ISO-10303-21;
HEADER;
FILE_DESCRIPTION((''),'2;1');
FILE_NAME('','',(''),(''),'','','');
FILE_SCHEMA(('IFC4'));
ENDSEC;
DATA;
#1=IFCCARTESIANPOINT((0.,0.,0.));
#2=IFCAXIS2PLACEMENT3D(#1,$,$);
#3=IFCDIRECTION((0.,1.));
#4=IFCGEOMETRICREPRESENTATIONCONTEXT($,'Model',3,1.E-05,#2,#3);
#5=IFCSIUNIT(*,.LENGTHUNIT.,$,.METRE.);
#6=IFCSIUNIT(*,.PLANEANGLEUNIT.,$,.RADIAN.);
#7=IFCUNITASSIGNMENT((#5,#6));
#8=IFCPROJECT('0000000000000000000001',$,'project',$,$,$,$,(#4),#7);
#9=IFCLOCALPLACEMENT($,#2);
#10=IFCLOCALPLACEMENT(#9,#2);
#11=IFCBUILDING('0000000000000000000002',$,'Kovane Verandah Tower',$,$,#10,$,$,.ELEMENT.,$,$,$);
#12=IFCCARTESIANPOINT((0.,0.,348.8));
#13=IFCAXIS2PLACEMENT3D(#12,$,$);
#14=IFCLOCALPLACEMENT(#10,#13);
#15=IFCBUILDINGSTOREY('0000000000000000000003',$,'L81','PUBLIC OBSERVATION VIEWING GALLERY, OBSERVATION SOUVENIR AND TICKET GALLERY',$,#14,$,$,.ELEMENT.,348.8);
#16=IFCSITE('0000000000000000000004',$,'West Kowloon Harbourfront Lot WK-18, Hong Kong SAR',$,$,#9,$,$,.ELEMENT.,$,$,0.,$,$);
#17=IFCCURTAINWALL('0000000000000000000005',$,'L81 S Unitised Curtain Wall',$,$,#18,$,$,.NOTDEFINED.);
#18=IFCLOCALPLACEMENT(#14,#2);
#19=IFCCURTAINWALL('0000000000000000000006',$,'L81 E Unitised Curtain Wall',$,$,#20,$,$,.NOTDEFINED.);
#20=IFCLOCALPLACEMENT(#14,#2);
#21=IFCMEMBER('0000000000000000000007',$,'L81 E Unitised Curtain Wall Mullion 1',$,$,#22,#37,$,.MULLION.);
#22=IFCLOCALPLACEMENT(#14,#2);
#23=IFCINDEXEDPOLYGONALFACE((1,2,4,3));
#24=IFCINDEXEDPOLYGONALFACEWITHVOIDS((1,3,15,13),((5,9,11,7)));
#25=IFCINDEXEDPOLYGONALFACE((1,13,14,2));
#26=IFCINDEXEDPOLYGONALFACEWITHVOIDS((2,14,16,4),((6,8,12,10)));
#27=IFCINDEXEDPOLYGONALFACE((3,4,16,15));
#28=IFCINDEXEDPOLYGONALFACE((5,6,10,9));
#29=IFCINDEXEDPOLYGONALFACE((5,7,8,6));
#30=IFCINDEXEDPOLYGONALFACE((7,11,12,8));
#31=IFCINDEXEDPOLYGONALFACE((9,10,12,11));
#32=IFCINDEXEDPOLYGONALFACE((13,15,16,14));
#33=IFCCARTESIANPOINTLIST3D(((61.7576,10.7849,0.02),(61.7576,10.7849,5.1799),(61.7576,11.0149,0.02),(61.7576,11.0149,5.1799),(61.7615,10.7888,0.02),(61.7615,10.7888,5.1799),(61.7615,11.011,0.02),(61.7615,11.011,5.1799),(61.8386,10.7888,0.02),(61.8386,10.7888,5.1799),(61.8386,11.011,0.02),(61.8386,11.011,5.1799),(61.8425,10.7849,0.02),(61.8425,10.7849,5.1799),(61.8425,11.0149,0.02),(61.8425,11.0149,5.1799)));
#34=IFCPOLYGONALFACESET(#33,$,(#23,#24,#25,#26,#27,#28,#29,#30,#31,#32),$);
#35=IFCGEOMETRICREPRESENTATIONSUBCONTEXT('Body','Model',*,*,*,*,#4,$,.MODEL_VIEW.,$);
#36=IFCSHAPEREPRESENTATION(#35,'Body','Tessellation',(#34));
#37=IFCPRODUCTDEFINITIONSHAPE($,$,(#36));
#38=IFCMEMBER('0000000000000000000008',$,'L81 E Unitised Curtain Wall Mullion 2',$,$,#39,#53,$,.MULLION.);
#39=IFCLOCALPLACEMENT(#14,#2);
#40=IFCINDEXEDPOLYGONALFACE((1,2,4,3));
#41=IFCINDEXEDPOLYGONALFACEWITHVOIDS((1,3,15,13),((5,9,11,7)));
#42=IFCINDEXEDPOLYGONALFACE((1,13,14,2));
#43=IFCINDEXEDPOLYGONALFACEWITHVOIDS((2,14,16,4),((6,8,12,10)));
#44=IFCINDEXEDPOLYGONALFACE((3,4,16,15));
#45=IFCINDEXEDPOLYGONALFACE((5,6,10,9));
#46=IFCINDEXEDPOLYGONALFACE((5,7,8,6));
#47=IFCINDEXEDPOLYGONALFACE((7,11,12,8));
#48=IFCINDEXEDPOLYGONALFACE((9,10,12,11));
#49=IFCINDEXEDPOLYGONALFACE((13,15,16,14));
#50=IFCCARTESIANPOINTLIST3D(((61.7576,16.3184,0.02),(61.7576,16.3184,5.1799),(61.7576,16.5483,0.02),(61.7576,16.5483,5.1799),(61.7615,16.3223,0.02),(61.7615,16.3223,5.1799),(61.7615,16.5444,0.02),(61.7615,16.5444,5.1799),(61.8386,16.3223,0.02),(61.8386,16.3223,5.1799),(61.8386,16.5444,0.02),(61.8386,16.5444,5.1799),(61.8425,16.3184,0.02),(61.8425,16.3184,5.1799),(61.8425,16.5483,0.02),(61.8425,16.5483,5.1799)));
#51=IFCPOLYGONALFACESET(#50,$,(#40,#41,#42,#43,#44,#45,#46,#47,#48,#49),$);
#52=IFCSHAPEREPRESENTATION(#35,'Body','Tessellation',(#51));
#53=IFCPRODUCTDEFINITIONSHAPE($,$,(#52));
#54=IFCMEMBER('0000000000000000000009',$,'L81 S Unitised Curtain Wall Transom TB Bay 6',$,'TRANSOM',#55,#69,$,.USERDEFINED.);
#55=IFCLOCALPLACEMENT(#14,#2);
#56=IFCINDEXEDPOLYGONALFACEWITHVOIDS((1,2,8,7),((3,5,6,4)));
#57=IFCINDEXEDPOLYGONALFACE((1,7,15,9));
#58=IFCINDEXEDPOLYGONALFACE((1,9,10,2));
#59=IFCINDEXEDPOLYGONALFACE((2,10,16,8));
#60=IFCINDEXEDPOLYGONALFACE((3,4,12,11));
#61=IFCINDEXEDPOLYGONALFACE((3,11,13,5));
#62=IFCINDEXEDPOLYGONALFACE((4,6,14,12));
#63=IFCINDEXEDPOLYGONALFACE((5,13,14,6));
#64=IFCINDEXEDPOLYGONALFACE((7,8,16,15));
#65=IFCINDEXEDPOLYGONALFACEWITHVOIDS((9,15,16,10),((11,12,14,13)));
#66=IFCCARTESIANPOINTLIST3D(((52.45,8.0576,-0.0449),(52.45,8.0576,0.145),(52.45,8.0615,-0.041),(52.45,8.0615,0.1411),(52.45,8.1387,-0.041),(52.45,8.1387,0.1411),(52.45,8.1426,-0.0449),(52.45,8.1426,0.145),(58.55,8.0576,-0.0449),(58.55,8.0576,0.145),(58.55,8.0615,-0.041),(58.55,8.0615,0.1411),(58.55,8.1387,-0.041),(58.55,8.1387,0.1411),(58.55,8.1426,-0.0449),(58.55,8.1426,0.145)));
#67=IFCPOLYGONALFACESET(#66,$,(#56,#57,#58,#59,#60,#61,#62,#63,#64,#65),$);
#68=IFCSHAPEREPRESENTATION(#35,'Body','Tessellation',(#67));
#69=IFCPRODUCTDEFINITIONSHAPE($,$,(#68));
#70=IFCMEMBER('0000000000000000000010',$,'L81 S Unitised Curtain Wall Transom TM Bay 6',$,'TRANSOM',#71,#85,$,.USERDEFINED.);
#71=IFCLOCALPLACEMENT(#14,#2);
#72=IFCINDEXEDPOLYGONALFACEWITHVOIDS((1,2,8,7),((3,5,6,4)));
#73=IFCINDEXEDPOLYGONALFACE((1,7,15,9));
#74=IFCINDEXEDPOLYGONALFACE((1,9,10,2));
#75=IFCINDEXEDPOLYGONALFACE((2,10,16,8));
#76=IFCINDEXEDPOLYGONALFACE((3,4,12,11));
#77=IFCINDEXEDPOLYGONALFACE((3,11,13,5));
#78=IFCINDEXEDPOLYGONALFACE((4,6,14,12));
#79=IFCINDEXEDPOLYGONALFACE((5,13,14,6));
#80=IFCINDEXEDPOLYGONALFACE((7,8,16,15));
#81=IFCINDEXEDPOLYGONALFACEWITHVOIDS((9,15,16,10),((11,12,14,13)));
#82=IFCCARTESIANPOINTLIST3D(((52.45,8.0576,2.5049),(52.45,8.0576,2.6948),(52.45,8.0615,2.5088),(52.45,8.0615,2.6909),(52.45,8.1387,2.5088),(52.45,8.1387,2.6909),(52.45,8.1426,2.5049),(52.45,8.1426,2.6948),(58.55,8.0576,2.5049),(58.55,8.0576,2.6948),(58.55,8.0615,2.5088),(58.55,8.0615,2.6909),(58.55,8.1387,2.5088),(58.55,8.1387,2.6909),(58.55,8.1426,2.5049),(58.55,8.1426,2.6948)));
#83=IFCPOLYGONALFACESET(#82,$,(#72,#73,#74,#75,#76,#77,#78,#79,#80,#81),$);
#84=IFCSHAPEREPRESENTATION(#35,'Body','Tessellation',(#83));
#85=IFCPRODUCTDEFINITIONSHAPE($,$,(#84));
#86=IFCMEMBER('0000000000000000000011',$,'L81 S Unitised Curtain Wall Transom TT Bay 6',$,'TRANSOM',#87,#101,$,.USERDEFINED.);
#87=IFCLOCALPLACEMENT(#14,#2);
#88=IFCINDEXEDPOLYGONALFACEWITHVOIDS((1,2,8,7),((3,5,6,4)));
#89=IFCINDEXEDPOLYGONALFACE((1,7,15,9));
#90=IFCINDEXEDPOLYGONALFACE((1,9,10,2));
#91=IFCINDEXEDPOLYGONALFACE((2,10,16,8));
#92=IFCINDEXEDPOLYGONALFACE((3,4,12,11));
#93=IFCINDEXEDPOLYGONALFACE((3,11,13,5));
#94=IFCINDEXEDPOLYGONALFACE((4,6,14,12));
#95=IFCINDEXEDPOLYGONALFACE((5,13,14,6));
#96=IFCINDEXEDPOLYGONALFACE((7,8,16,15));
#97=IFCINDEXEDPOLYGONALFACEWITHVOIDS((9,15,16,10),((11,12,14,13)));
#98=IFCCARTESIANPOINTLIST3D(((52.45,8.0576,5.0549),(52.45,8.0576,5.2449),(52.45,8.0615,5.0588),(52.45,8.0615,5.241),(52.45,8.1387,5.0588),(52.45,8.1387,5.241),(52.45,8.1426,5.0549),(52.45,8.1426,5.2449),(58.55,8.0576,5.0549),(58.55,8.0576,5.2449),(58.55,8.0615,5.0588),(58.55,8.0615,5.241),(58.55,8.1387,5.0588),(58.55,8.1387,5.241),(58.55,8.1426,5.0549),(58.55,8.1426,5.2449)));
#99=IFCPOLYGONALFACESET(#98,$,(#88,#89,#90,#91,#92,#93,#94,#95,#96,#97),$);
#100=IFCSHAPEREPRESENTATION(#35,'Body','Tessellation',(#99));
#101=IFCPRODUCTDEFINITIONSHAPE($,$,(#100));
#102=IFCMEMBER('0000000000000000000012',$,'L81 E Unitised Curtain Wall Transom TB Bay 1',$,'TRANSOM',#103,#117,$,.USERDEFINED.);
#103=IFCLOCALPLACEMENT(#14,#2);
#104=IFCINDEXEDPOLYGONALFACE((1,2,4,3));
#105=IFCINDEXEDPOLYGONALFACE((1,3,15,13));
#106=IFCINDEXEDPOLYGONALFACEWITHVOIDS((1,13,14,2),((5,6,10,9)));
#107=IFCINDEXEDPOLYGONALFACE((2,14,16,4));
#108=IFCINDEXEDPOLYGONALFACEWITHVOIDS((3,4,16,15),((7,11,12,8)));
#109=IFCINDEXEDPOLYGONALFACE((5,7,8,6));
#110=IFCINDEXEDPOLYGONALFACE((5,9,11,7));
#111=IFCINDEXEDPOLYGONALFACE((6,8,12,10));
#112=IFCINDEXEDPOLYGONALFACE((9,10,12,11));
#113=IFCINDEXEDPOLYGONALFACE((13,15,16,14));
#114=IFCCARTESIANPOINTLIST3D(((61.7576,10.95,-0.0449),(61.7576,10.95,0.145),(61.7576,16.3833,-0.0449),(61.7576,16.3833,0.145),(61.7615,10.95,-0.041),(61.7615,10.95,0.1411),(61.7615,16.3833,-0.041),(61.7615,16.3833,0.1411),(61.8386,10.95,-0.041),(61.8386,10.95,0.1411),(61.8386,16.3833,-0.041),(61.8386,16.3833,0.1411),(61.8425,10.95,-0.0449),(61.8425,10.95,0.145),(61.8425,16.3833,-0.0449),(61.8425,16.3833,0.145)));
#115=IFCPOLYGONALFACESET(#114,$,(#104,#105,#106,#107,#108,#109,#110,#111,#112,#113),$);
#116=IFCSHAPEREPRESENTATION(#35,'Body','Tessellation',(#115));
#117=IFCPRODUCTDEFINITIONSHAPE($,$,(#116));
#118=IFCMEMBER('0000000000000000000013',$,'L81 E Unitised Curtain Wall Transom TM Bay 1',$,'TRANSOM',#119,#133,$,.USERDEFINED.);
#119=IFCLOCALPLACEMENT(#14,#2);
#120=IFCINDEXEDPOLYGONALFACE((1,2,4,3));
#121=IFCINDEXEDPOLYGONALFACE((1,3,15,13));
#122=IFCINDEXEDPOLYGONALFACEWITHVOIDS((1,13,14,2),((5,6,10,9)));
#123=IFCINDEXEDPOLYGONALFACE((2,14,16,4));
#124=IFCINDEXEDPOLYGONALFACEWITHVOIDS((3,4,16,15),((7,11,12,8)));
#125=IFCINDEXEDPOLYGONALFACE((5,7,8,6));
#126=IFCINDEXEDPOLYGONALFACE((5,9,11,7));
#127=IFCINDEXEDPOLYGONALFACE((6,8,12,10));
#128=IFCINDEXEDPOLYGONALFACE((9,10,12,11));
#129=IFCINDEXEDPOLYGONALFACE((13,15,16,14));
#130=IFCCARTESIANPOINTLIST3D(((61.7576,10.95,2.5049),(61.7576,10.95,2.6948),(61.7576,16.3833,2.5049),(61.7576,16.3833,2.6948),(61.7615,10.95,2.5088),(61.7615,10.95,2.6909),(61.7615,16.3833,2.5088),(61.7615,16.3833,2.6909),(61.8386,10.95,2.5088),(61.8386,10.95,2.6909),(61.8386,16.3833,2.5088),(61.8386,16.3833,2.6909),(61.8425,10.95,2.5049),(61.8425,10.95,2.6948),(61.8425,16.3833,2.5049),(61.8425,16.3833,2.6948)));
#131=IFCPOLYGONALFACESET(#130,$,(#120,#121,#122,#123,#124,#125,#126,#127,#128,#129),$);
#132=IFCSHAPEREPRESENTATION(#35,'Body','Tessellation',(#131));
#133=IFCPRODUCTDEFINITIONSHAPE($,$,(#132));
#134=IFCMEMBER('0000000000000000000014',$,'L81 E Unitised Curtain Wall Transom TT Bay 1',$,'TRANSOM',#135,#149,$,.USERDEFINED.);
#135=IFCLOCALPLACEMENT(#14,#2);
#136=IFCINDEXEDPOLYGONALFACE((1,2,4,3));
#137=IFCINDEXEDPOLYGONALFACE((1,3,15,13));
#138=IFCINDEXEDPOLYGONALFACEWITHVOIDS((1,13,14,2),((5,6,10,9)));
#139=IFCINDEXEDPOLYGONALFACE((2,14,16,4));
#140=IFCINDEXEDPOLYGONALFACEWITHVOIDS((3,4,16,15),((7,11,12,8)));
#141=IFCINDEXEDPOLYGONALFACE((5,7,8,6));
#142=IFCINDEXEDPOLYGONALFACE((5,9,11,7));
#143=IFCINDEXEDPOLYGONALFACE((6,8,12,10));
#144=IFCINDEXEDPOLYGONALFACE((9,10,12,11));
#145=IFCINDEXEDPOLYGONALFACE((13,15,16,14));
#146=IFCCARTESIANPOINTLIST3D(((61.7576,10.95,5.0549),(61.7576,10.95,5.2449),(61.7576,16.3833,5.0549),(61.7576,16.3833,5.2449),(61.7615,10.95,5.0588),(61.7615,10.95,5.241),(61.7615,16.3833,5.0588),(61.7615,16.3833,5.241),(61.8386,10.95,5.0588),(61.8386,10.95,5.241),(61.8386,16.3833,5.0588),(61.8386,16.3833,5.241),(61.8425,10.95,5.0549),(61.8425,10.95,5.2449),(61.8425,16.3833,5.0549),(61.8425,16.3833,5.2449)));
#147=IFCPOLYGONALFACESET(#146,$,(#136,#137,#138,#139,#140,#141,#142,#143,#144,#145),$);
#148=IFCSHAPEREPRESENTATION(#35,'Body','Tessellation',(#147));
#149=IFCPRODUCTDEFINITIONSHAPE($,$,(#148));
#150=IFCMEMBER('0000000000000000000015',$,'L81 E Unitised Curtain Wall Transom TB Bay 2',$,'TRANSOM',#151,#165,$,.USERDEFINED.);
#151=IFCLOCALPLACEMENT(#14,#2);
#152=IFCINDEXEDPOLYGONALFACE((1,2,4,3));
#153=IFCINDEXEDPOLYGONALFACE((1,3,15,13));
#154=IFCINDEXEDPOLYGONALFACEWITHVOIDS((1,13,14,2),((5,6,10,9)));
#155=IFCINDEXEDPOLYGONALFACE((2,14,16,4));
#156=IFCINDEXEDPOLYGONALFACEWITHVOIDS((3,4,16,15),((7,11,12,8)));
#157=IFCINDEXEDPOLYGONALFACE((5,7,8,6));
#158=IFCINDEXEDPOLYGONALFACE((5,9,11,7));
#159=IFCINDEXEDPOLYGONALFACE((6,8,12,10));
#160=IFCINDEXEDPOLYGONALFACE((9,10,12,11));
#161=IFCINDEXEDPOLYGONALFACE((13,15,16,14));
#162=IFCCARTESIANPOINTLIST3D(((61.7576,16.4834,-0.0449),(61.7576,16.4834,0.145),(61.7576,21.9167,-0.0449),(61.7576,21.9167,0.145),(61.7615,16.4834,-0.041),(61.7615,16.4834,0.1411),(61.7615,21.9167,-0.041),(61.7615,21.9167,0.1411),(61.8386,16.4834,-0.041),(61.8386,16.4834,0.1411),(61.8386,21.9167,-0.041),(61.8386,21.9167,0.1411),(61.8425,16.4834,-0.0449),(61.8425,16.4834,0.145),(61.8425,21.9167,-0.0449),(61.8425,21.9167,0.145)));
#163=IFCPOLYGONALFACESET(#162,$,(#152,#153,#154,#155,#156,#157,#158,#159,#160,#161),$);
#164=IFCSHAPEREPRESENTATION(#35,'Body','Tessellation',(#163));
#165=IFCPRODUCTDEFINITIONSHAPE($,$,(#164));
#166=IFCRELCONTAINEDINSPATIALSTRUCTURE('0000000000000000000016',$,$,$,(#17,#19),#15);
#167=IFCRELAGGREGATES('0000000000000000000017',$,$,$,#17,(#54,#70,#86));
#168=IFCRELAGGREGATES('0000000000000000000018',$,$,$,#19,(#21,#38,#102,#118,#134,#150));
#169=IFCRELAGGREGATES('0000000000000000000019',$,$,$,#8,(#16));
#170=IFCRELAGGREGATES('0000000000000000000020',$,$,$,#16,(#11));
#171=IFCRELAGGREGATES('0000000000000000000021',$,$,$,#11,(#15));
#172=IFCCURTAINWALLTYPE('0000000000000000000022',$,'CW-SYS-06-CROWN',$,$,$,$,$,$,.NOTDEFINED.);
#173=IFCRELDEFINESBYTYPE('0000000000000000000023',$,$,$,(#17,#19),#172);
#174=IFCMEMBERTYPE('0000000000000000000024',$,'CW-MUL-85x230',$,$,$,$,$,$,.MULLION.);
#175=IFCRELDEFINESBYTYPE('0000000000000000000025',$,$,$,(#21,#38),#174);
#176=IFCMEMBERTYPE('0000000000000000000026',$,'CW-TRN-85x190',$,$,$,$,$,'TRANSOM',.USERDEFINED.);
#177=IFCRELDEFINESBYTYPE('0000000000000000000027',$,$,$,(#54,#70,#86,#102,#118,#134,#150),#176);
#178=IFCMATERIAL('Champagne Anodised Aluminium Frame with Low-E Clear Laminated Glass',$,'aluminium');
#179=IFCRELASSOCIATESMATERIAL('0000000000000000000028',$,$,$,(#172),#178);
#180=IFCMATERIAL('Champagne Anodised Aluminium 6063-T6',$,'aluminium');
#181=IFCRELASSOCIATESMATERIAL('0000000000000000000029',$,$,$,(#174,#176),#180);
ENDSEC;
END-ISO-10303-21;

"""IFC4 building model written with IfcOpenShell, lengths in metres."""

from ifc_helpers import new_model, si_unit, direction, frame, origin, origin_2d, place, context, subcontext, project, spatial, hollow_rectangle, extrude, material, material_profile, profile_set, type_object, element, aggregate, save


model = new_model("IFC4")

# Units and contexts
model_context = context("Model", 3, precision=1e-05, world=origin(), true_north=direction((0.0, 1.0)))
body_context = subcontext(model_context, "Body", "Model", "MODEL_VIEW")
ifc_project = project(units=[si_unit("LENGTHUNIT", "METRE"), si_unit("PLANEANGLEUNIT", "RADIAN")], contexts=[model_context])

# Site, building, storey
site_placement = place(None, origin())
site = spatial("IfcSite", under=ifc_project, at=site_placement, Name="West Kowloon Harbourfront Lot WK-18, Hong Kong SAR", CompositionType="ELEMENT", RefElevation=0.0)
building_placement = place(site_placement, origin())
building = spatial("IfcBuilding", under=site, at=building_placement, Name="Kovane Verandah Tower", CompositionType="ELEMENT")
storey_placement = place(building_placement, frame((0.0, 0.0, 348.8)))
storey = spatial("IfcBuildingStorey", under=building, at=storey_placement, Name="L81", Description="PUBLIC OBSERVATION VIEWING GALLERY, OBSERVATION SOUVENIR AND TICKET GALLERY", CompositionType="ELEMENT", Elevation=348.8)

# Curtain walls, members
ifc_material_1 = material(Name="Champagne Anodised Aluminium Frame with Low-E Clear Laminated Glass", Category="aluminium")
curtain_wall_type = type_object("IfcCurtainWallType", Name="CW-SYS-06-CROWN", PredefinedType="NOTDEFINED", material=ifc_material_1)
curtain_wall_1_placement = place(storey_placement, origin())
curtain_wall_1 = element("IfcCurtainWall", 1, at=curtain_wall_1_placement, inside=storey, type_object=curtain_wall_type, Name="L81 S Unitised Curtain Wall", PredefinedType="NOTDEFINED")
ifc_material_2 = material(Name="Champagne Anodised Aluminium 6063-T6", Category="aluminium")
ifc_material_profile_1 = material_profile(ifc_material_2, hollow_rectangle(XDim=0.085, YDim=0.23, WallThickness=0.0039, at=origin_2d()), Name="AL85x230x4")
ifc_profile_set_1 = profile_set([ifc_material_profile_1], Name="Champagne Anodised Aluminium 6063-T6")
member_type_1 = type_object("IfcMemberType", Name="CW-MUL-85x230", PredefinedType="MULLION", material=ifc_profile_set_1)
curtain_wall_2_placement = place(storey_placement, origin())
curtain_wall_2 = element("IfcCurtainWall", 2, at=curtain_wall_2_placement, inside=storey, type_object=curtain_wall_type, Name="L81 E Unitised Curtain Wall", PredefinedType="NOTDEFINED")
member_1_placement = place(storey_placement, frame((61.8, 10.8999, 0.02), z_axis=(0.0, 0.0, 1.0), x_axis=(1.0, 0.0, 0.0)))
member_1 = element("IfcMember", 3, at=member_1_placement, type_object=member_type_1, Name="L81 E Unitised Curtain Wall Mullion 1", PredefinedType="MULLION", context=body_context, shape_type="SweptSolid", body=[
    extrude(hollow_rectangle(XDim=0.085, YDim=0.23, WallThickness=0.0039, at=origin_2d()), origin(), (0.0, 0.0, 1.0), 5.1599),
])
member_2_placement = place(storey_placement, frame((61.8, 16.4333, 0.02), z_axis=(0.0, 0.0, 1.0), x_axis=(1.0, 0.0, 0.0)))
member_2 = element("IfcMember", 4, at=member_2_placement, type_object=member_type_1, Name="L81 E Unitised Curtain Wall Mullion 2", PredefinedType="MULLION", context=body_context, shape_type="SweptSolid", body=[
    extrude(hollow_rectangle(XDim=0.085, YDim=0.23, WallThickness=0.0039, at=origin_2d()), origin(), (0.0, 0.0, 1.0), 5.1599),
])

# Members
ifc_material_profile_2 = material_profile(ifc_material_2, hollow_rectangle(XDim=0.085, YDim=0.1899, WallThickness=0.0039, at=origin_2d()), Name="AL85x190x4")
ifc_profile_set_2 = profile_set([ifc_material_profile_2], Name="Champagne Anodised Aluminium 6063-T6")
member_type_2 = type_object("IfcMemberType", Name="CW-TRN-85x190", ElementType="TRANSOM", PredefinedType="USERDEFINED", material=ifc_profile_set_2)
member_3_placement = place(storey_placement, frame((52.45, 8.1001, 0.05), z_axis=(1.0, 0.0, 0.0), x_axis=(0.0, 1.0, 0.0)))
member_3 = element("IfcMember", 5, at=member_3_placement, type_object=member_type_2, Name="L81 S Unitised Curtain Wall Transom TB Bay 6", ObjectType="TRANSOM", PredefinedType="USERDEFINED", context=body_context, shape_type="SweptSolid", body=[
    extrude(hollow_rectangle(XDim=0.085, YDim=0.1899, WallThickness=0.0039, at=origin_2d()), origin(), (0.0, 0.0, 1.0), 6.1001),
])
member_4_placement = place(storey_placement, frame((52.45, 8.1001, 2.5999), z_axis=(1.0, 0.0, 0.0), x_axis=(0.0, 1.0, 0.0)))
member_4 = element("IfcMember", 6, at=member_4_placement, type_object=member_type_2, Name="L81 S Unitised Curtain Wall Transom TM Bay 6", ObjectType="TRANSOM", PredefinedType="USERDEFINED", context=body_context, shape_type="SweptSolid", body=[
    extrude(hollow_rectangle(XDim=0.085, YDim=0.1899, WallThickness=0.0039, at=origin_2d()), origin(), (0.0, 0.0, 1.0), 6.1001),
])
member_5_placement = place(storey_placement, frame((52.45, 8.1001, 5.1499), z_axis=(1.0, 0.0, 0.0), x_axis=(0.0, 1.0, 0.0)))
member_5 = element("IfcMember", 7, at=member_5_placement, type_object=member_type_2, Name="L81 S Unitised Curtain Wall Transom TT Bay 6", ObjectType="TRANSOM", PredefinedType="USERDEFINED", context=body_context, shape_type="SweptSolid", body=[
    extrude(hollow_rectangle(XDim=0.085, YDim=0.1899, WallThickness=0.0039, at=origin_2d()), origin(), (0.0, 0.0, 1.0), 6.1001),
])
member_6_placement = place(storey_placement, frame((61.8, 10.95, 0.05), z_axis=(0.0, 1.0, 0.0), x_axis=(-1.0, 0.0, 0.0)))
member_6 = element("IfcMember", 8, at=member_6_placement, type_object=member_type_2, Name="L81 E Unitised Curtain Wall Transom TB Bay 1", ObjectType="TRANSOM", PredefinedType="USERDEFINED", context=body_context, shape_type="SweptSolid", body=[
    extrude(hollow_rectangle(XDim=0.085, YDim=0.1899, WallThickness=0.0039, at=origin_2d()), origin(), (0.0, 0.0, 1.0), 5.4333),
])
member_7_placement = place(storey_placement, frame((61.8, 10.95, 2.5999), z_axis=(0.0, 1.0, 0.0), x_axis=(-1.0, 0.0, 0.0)))
member_7 = element("IfcMember", 9, at=member_7_placement, type_object=member_type_2, Name="L81 E Unitised Curtain Wall Transom TM Bay 1", ObjectType="TRANSOM", PredefinedType="USERDEFINED", context=body_context, shape_type="SweptSolid", body=[
    extrude(hollow_rectangle(XDim=0.085, YDim=0.1899, WallThickness=0.0039, at=origin_2d()), origin(), (0.0, 0.0, 1.0), 5.4333),
])
member_8_placement = place(storey_placement, frame((61.8, 10.95, 5.1499), z_axis=(0.0, 1.0, 0.0), x_axis=(-1.0, 0.0, 0.0)))
member_8 = element("IfcMember", 10, at=member_8_placement, type_object=member_type_2, Name="L81 E Unitised Curtain Wall Transom TT Bay 1", ObjectType="TRANSOM", PredefinedType="USERDEFINED", context=body_context, shape_type="SweptSolid", body=[
    extrude(hollow_rectangle(XDim=0.085, YDim=0.1899, WallThickness=0.0039, at=origin_2d()), origin(), (0.0, 0.0, 1.0), 5.4333),
])
member_9_placement = place(storey_placement, frame((61.8, 16.4834, 0.05), z_axis=(0.0, 1.0, 0.0), x_axis=(-1.0, 0.0, 0.0)))
member_9 = element("IfcMember", 11, at=member_9_placement, type_object=member_type_2, Name="L81 E Unitised Curtain Wall Transom TB Bay 2", ObjectType="TRANSOM", PredefinedType="USERDEFINED", context=body_context, shape_type="SweptSolid", body=[
    extrude(hollow_rectangle(XDim=0.085, YDim=0.1899, WallThickness=0.0039, at=origin_2d()), origin(), (0.0, 0.0, 1.0), 5.4333),
])

aggregate(curtain_wall_1, [member_3, member_4, member_5])
aggregate(curtain_wall_2, [member_1, member_2, member_6, member_7, member_8, member_9])

save(model, "model.ifc")
